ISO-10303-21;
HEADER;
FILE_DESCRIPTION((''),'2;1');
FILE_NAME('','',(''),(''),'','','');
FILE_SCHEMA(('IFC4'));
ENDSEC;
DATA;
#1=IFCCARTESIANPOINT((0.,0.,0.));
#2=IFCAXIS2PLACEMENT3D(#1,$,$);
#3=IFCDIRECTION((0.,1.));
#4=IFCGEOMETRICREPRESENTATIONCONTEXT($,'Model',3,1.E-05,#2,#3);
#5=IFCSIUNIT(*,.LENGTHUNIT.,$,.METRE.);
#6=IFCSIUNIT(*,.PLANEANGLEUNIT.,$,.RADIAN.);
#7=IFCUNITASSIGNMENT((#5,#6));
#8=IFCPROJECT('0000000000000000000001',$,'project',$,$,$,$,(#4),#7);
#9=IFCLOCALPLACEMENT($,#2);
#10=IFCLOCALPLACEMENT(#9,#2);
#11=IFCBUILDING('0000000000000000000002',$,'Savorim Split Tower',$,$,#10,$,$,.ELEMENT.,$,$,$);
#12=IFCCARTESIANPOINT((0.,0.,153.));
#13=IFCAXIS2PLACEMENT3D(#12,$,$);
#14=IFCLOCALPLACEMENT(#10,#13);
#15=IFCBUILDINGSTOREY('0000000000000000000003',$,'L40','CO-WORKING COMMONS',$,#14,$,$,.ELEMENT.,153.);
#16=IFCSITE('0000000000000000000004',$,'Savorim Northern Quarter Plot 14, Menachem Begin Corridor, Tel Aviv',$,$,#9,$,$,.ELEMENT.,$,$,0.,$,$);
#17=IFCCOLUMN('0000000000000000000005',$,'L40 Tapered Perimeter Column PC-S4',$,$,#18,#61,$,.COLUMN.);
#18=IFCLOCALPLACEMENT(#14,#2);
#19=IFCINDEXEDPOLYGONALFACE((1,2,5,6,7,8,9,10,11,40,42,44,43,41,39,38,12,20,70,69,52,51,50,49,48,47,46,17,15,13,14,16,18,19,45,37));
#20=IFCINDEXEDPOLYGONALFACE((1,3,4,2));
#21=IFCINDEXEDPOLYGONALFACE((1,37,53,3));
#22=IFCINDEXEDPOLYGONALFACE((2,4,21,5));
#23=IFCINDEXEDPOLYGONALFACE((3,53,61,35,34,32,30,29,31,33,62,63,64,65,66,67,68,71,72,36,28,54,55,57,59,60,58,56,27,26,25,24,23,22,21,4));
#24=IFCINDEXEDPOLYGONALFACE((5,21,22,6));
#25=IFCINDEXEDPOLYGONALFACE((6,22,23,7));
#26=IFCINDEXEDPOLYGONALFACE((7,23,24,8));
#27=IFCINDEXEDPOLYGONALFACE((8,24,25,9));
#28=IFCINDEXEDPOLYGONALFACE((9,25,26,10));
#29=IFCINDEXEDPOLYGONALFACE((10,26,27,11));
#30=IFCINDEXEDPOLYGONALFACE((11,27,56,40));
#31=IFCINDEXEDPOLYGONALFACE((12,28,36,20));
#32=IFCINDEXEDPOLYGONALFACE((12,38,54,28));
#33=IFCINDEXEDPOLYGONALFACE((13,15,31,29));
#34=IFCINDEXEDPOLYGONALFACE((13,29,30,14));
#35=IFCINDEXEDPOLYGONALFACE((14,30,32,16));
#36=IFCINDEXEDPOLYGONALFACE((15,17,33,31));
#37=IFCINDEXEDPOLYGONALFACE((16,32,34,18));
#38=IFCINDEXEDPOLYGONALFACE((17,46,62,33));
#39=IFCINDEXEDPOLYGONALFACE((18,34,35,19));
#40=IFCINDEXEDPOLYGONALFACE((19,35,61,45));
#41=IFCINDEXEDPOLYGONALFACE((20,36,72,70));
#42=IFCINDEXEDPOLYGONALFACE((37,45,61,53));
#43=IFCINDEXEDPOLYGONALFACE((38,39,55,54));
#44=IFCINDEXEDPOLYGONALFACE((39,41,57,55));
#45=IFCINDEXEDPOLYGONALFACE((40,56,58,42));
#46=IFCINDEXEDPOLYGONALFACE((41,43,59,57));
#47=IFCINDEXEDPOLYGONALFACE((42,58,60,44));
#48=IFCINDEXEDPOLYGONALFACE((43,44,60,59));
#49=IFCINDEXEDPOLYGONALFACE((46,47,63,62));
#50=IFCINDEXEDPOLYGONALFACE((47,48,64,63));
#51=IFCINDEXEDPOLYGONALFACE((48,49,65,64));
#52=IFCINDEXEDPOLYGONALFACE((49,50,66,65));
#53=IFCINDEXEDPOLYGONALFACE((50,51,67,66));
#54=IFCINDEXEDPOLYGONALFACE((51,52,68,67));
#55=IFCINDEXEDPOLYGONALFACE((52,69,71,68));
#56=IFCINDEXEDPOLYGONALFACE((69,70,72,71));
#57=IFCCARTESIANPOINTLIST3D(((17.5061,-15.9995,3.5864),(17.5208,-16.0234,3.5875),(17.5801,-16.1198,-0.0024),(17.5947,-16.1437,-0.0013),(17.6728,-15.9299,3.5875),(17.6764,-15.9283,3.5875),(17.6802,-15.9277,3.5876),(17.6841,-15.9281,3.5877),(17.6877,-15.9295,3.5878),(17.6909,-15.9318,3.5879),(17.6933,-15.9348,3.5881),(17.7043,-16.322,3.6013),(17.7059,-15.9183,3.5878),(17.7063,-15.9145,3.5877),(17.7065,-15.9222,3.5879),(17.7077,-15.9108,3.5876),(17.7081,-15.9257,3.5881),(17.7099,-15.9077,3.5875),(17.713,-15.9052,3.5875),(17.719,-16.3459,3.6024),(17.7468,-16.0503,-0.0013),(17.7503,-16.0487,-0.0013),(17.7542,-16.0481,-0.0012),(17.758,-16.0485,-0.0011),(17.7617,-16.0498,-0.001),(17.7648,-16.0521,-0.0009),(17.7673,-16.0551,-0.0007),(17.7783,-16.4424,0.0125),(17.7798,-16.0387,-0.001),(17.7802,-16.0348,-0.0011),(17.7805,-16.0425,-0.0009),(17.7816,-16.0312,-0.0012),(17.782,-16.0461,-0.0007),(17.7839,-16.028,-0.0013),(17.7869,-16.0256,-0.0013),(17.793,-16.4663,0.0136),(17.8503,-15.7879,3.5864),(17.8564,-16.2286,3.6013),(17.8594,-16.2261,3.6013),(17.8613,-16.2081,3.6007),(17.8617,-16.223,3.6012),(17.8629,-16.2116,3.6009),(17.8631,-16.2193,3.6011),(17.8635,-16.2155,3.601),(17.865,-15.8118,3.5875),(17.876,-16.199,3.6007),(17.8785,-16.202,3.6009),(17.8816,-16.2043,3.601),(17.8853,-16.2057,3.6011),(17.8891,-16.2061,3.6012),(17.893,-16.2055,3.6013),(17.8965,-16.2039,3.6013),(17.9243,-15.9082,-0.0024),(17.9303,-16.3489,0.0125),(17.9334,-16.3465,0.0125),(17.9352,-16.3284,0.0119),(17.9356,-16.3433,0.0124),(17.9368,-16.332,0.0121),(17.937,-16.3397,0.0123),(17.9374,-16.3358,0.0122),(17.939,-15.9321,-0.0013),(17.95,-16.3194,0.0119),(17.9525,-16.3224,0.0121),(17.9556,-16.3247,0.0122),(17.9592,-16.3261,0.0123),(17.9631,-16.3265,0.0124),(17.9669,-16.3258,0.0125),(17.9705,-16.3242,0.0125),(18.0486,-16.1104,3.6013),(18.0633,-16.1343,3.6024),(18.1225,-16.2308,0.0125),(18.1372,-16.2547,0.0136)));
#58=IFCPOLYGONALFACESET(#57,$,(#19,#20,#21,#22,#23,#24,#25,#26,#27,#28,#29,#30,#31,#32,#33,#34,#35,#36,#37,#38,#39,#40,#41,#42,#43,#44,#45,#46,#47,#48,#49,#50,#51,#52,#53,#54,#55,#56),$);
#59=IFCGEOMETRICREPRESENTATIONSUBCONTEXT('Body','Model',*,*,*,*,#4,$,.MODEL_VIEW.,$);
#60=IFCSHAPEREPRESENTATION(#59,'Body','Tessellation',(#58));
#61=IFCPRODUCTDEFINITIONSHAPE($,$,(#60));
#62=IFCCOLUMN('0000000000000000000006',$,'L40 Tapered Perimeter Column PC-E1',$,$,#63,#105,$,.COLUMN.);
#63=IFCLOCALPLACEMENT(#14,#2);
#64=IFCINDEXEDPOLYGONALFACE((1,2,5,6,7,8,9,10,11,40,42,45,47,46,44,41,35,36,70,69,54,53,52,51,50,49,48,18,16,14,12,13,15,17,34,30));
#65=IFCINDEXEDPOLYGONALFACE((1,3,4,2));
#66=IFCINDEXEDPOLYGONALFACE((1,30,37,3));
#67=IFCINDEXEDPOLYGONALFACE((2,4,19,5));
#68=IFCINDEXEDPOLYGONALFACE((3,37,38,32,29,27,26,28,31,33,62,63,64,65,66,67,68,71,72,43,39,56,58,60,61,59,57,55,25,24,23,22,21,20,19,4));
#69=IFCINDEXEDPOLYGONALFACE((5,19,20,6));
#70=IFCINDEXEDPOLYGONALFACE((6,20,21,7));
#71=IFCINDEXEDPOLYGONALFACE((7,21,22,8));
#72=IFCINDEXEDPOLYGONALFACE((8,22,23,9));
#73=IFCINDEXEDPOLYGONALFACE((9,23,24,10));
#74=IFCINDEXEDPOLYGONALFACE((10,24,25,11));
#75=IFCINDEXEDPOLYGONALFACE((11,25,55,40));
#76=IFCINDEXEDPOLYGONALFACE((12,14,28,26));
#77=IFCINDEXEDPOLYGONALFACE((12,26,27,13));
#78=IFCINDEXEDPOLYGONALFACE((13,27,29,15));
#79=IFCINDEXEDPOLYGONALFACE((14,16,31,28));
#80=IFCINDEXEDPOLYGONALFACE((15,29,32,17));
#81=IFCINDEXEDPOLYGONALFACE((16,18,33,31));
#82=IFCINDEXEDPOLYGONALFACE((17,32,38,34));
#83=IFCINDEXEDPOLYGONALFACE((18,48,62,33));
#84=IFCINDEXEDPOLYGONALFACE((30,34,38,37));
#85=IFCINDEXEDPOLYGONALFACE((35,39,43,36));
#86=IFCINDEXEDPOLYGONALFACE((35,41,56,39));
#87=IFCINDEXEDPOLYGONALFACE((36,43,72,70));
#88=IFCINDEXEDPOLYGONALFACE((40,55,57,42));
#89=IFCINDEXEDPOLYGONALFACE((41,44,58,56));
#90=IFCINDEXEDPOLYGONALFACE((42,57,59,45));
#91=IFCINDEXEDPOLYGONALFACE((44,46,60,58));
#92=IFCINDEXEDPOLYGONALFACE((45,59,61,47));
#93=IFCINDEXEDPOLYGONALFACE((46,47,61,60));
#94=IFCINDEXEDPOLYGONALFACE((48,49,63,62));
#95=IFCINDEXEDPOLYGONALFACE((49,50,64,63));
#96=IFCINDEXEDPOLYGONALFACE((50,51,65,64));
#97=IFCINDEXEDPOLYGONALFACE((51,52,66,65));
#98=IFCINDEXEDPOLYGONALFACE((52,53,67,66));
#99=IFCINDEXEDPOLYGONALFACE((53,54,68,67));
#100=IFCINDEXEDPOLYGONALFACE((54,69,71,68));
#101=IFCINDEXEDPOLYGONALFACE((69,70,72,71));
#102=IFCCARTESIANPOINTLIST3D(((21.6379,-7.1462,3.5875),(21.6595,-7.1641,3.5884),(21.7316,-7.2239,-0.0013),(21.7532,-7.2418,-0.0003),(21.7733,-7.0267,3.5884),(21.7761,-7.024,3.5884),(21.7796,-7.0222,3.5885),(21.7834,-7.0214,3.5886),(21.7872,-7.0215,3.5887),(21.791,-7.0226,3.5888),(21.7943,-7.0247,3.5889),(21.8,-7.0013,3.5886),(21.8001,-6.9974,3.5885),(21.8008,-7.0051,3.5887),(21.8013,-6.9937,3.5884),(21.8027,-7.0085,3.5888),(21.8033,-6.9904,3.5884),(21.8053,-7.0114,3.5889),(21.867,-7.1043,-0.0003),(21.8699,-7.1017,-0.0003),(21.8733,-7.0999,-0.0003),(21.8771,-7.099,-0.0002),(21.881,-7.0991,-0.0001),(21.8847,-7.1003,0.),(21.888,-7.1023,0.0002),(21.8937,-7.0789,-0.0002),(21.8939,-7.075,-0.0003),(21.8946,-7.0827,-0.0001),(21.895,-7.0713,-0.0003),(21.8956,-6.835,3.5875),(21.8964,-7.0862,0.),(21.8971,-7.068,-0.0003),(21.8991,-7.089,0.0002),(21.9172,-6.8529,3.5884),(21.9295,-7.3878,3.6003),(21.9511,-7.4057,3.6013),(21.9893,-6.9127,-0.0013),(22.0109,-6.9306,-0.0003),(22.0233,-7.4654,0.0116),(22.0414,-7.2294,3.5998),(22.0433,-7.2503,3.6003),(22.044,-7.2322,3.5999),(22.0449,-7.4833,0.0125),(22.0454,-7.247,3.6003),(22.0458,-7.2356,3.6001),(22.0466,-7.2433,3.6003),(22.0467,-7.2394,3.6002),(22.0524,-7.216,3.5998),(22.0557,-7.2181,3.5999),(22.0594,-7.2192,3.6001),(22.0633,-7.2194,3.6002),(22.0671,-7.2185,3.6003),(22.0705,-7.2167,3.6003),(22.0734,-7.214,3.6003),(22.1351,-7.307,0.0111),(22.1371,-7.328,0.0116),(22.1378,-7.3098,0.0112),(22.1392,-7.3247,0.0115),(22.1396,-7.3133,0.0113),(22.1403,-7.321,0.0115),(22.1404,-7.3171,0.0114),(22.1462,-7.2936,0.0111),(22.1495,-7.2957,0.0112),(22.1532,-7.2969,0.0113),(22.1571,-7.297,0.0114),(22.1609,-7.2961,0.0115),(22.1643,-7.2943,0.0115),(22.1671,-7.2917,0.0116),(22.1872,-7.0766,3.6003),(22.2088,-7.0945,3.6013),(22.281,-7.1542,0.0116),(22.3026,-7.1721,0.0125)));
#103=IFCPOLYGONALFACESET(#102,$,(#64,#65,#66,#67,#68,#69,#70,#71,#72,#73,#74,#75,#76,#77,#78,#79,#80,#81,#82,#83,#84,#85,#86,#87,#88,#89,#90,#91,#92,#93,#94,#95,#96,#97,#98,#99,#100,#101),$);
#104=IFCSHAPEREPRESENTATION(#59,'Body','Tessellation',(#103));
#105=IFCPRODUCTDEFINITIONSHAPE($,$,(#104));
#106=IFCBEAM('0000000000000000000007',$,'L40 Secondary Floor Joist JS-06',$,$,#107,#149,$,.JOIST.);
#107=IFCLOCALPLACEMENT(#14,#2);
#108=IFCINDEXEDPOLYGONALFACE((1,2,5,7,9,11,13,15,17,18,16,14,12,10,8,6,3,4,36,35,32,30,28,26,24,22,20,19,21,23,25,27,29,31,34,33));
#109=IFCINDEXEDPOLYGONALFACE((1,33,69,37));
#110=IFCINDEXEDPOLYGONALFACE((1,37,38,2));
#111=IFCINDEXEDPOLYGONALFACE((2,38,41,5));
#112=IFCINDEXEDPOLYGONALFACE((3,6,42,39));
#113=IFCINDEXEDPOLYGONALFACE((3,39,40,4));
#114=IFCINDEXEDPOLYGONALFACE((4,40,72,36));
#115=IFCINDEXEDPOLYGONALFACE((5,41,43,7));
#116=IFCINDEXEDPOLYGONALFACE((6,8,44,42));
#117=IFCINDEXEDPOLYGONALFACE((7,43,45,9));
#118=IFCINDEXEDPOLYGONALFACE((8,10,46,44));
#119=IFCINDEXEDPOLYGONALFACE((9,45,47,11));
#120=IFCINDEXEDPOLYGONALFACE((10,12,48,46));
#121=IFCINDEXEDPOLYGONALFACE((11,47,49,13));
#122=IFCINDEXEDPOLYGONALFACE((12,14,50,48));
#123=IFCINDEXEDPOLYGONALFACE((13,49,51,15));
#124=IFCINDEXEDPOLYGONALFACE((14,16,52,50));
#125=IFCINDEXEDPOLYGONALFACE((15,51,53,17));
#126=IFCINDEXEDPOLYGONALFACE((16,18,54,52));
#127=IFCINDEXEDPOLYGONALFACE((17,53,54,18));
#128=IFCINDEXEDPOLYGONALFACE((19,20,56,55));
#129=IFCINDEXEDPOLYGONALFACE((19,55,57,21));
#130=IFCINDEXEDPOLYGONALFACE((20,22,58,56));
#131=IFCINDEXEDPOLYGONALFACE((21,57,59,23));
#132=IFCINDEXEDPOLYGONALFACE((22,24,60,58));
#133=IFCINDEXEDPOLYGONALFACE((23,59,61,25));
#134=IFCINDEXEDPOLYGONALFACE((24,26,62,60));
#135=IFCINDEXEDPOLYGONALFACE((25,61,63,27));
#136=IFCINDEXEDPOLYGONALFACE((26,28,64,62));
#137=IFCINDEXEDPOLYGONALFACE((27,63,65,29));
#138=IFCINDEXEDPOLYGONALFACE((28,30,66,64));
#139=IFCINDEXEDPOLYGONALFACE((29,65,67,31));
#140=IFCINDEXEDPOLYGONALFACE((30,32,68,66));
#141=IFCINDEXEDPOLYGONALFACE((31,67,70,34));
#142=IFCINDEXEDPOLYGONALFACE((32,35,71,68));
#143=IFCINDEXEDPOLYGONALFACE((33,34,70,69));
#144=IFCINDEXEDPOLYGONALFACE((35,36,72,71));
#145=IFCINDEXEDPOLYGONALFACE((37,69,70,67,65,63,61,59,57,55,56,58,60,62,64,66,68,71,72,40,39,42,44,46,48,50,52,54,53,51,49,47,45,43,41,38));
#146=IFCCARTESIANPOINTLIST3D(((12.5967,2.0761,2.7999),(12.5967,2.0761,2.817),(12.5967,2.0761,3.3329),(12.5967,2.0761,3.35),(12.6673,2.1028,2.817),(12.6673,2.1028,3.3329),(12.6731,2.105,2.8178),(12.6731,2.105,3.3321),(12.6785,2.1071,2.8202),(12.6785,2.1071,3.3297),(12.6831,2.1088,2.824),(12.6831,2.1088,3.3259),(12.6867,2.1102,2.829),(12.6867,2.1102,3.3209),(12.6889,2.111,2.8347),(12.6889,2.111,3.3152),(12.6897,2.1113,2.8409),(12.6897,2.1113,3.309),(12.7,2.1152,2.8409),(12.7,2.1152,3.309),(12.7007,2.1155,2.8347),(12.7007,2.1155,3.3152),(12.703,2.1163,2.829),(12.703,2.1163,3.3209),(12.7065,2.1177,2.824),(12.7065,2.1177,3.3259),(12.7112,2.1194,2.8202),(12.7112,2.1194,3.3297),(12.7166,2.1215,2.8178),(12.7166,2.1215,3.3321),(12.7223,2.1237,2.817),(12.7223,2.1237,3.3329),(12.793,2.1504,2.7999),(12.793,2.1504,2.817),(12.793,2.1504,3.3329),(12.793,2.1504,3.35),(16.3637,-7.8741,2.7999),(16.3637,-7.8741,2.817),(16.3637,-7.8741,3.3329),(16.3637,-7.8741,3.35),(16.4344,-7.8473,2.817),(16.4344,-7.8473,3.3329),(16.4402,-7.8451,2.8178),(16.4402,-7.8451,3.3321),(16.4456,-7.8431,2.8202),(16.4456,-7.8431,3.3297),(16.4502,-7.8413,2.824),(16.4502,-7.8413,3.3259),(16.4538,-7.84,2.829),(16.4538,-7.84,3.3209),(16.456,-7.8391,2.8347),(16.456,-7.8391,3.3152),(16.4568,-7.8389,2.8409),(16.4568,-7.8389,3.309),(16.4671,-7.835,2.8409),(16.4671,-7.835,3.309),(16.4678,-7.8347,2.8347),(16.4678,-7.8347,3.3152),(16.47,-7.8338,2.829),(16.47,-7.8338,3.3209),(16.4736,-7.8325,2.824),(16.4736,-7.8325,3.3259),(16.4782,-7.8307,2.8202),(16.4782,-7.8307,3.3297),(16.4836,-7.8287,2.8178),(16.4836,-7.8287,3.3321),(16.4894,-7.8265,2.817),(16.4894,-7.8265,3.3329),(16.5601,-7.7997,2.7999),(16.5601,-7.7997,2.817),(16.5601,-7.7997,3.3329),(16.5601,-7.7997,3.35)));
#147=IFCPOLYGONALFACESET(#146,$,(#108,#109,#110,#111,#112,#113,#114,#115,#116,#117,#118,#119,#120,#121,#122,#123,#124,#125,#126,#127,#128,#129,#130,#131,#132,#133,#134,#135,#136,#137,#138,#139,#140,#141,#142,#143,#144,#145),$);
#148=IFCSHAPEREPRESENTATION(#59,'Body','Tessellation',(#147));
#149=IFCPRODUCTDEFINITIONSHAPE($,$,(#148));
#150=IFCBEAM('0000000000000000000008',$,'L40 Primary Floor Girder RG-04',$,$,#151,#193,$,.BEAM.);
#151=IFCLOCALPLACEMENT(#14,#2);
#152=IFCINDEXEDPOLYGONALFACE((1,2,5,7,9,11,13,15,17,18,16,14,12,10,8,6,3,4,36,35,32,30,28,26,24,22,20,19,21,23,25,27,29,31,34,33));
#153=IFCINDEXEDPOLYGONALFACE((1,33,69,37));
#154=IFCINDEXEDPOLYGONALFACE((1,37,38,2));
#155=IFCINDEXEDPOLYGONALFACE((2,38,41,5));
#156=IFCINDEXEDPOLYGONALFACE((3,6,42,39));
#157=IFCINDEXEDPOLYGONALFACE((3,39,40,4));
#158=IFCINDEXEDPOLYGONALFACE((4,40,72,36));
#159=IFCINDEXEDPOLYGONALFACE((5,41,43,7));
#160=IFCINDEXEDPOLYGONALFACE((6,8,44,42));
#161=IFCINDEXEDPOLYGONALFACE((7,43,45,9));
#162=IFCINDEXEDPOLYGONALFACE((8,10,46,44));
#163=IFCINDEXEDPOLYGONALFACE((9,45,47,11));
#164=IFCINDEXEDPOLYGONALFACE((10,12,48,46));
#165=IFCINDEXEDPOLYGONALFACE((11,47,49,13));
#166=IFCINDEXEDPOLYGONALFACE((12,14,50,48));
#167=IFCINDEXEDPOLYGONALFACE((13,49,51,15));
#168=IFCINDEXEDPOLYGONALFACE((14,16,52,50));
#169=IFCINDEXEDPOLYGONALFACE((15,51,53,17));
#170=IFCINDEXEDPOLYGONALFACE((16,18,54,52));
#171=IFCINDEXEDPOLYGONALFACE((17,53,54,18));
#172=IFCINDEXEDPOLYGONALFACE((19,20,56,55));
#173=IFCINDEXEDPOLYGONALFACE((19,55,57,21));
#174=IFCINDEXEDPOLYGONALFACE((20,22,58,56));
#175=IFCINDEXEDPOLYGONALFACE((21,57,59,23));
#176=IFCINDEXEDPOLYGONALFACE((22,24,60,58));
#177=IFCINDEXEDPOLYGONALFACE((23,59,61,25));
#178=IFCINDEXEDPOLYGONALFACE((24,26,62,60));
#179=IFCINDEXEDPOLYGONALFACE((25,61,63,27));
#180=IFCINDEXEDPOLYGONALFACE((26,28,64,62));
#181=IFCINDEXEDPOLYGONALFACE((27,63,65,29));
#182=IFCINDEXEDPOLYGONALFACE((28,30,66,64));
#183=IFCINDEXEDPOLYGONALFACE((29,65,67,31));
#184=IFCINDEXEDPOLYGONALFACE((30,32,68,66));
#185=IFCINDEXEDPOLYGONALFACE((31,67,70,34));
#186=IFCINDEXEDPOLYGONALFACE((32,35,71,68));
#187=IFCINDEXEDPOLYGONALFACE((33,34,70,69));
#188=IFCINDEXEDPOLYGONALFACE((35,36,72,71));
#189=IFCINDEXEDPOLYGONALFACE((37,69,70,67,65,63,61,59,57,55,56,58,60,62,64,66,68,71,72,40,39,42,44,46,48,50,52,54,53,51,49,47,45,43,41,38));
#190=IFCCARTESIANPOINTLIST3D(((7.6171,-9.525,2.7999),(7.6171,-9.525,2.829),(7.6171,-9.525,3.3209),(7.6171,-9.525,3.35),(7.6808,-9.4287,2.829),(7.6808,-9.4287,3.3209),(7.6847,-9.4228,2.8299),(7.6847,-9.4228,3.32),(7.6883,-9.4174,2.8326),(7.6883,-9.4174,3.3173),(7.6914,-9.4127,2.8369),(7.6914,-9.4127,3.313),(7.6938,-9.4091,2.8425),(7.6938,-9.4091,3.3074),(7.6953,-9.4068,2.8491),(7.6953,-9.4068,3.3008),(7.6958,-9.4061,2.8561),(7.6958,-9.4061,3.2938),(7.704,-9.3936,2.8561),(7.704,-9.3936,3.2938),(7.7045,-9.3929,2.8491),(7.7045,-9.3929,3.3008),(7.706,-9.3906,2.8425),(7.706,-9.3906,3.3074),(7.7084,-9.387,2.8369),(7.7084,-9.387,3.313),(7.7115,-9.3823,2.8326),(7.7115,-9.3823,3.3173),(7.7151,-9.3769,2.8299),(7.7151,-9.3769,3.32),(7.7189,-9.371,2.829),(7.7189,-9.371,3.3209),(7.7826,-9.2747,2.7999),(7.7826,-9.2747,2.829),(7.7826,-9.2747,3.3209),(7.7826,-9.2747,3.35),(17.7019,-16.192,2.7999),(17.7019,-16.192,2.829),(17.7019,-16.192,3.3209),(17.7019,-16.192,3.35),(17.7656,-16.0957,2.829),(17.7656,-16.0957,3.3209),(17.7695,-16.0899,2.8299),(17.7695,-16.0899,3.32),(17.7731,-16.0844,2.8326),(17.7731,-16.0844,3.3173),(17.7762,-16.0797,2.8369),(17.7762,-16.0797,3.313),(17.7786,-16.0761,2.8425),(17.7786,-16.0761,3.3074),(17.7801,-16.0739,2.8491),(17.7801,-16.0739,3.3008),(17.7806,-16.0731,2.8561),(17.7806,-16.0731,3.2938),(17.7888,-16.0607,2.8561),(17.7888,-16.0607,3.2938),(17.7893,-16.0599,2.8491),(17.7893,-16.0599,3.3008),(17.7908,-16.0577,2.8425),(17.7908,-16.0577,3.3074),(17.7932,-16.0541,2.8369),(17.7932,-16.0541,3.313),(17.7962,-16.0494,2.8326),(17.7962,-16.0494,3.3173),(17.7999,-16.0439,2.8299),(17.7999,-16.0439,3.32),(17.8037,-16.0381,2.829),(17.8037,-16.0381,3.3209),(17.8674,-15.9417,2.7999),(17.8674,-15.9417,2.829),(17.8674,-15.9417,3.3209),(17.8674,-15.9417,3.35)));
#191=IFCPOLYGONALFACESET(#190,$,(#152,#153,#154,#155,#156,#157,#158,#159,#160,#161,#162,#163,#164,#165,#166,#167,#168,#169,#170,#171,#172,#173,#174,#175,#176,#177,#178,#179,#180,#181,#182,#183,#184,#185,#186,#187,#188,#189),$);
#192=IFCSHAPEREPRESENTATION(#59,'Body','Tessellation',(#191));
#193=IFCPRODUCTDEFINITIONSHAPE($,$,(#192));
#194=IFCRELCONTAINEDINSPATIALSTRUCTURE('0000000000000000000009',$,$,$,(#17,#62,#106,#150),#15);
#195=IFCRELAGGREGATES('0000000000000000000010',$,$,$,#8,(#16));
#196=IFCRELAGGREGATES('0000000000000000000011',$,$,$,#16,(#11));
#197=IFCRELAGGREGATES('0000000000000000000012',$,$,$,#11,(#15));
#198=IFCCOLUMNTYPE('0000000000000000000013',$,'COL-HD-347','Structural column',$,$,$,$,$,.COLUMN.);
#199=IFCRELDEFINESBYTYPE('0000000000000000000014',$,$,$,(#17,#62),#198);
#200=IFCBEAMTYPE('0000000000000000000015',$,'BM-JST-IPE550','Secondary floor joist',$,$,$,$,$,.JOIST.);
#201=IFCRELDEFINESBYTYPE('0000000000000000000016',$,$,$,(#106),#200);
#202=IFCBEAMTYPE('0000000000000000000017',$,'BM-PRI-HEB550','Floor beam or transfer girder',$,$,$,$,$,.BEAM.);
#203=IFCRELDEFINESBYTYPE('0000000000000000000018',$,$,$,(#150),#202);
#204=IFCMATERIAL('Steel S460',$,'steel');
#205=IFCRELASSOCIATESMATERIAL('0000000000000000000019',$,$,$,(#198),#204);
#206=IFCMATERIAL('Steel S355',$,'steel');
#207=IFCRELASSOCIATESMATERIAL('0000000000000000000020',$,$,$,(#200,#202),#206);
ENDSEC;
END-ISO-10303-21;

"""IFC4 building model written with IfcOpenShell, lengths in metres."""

from ifc_helpers import new_model, si_unit, direction, frame, origin, origin_2d, place, context, subcontext, project, spatial, i_section, extrude, material, material_profile, profile_set, type_object, element, save


model = new_model("IFC4")

# Units and contexts
model_context = context("Model", 3, precision=1e-05, world=origin(), true_north=direction((0.0, 1.0)))
body_context = subcontext(model_context, "Body", "Model", "MODEL_VIEW")
ifc_project = project(units=[si_unit("LENGTHUNIT", "METRE"), si_unit("PLANEANGLEUNIT", "RADIAN")], contexts=[model_context])

# Site, building, storey
site_placement = place(None, origin())
site = spatial("IfcSite", under=ifc_project, at=site_placement, Name="Savorim Northern Quarter Plot 14, Menachem Begin Corridor, Tel Aviv", CompositionType="ELEMENT", RefElevation=0.0)
building_placement = place(site_placement, origin())
building = spatial("IfcBuilding", under=site, at=building_placement, Name="Savorim Split Tower", CompositionType="ELEMENT")
storey_placement = place(building_placement, frame((0.0, 0.0, 153.0)))
storey = spatial("IfcBuildingStorey", under=building, at=storey_placement, Name="L40", Description="CO-WORKING COMMONS", CompositionType="ELEMENT", Elevation=153.0)

# Columns
ifc_material_1 = material(Name="Steel S460", Category="steel")
ifc_material_profile_1 = material_profile(ifc_material_1, i_section(OverallWidth=0.4041, OverallDepth=0.407, WebThickness=0.0173, FlangeThickness=0.0281, FilletRadius=0.0149, at=origin_2d()), Name="HD 400x347")
ifc_profile_set_1 = profile_set([ifc_material_profile_1], Name="Steel S460")
column_type = type_object("IfcColumnType", Name="COL-HD-347", Description="Structural column", PredefinedType="COLUMN", material=ifc_profile_set_1)
column_1_placement = place(storey_placement, frame((17.8586, -16.1873, 0.0056), z_axis=(-0.020596, 0.033511, 0.999226), x_axis=(-0.851955, -0.523615, 0.0)))
element("IfcColumn", 1, at=column_1_placement, inside=storey, type_object=column_type, Name="L40 Tapered Perimeter Column PC-S4", PredefinedType="COLUMN", context=body_context, shape_type="SweptSolid", body=[
    extrude(i_section(OverallWidth=0.4041, OverallDepth=0.407, WebThickness=0.0173, FlangeThickness=0.0281, FilletRadius=0.0149, at=origin_2d()), origin(), (0.0, 0.0, 1.0), 3.5916),
])
column_2_placement = place(storey_placement, frame((22.0171, -7.198, 0.0056), z_axis=(-0.026107, 0.02162, 0.999425), x_axis=(-0.637814, -0.77019, 0.0)))
element("IfcColumn", 2, at=column_2_placement, inside=storey, type_object=column_type, Name="L40 Tapered Perimeter Column PC-E1", PredefinedType="COLUMN", context=body_context, shape_type="SweptSolid", body=[
    extrude(i_section(OverallWidth=0.4041, OverallDepth=0.407, WebThickness=0.0173, FlangeThickness=0.0281, FilletRadius=0.0149, at=origin_2d()), origin(), (0.0, 0.0, 1.0), 3.5908),
])

# Beams
ifc_material_2 = material(Name="Steel S355", Category="steel")
ifc_material_profile_2 = material_profile(ifc_material_2, i_section(OverallWidth=0.21, OverallDepth=0.55, WebThickness=0.011, FlangeThickness=0.0171, FilletRadius=0.0239, at=origin_2d()), Name="IPE 550")
ifc_profile_set_2 = profile_set([ifc_material_profile_2], Name="Steel S355")
beam_type_1 = type_object("IfcBeamType", Name="BM-JST-IPE550", Description="Secondary floor joist", PredefinedType="JOIST", material=ifc_profile_set_2)
beam_1_placement = place(storey_placement, frame((16.4619, -7.8369, 3.075), z_axis=(-0.354069, 0.935219, 0.0), x_axis=(-0.935219, -0.354069, 0.0)))
element("IfcBeam", 3, at=beam_1_placement, inside=storey, type_object=beam_type_1, Name="L40 Secondary Floor Joist JS-06", PredefinedType="JOIST", context=body_context, shape_type="SweptSolid", body=[
    extrude(i_section(OverallWidth=0.21, OverallDepth=0.55, WebThickness=0.011, FlangeThickness=0.0171, FilletRadius=0.0239, at=origin_2d()), origin(), (0.0, 0.0, 1.0), 10.6394),
])
ifc_material_profile_3 = material_profile(ifc_material_2, i_section(OverallWidth=0.3, OverallDepth=0.55, WebThickness=0.0149, FlangeThickness=0.0291, FilletRadius=0.0271, at=origin_2d()), Name="HEB 550")
ifc_profile_set_3 = profile_set([ifc_material_profile_3], Name="Steel S355")
beam_type_2 = type_object("IfcBeamType", Name="BM-PRI-HEB550", Description="Floor beam or transfer girder", PredefinedType="BEAM", material=ifc_profile_set_3)
beam_2_placement = place(storey_placement, frame((17.7847, -16.0669, 3.075), z_axis=(-0.834188, 0.55148, 0.0), x_axis=(-0.55148, -0.834188, 0.0)))
element("IfcBeam", 4, at=beam_2_placement, inside=storey, type_object=beam_type_2, Name="L40 Primary Floor Girder RG-04", PredefinedType="BEAM", context=body_context, shape_type="SweptSolid", body=[
    extrude(i_section(OverallWidth=0.3, OverallDepth=0.55, WebThickness=0.0149, FlangeThickness=0.0291, FilletRadius=0.0271, at=origin_2d()), origin(), (0.0, 0.0, 1.0), 12.0894),
])

save(model, "model.ifc")
